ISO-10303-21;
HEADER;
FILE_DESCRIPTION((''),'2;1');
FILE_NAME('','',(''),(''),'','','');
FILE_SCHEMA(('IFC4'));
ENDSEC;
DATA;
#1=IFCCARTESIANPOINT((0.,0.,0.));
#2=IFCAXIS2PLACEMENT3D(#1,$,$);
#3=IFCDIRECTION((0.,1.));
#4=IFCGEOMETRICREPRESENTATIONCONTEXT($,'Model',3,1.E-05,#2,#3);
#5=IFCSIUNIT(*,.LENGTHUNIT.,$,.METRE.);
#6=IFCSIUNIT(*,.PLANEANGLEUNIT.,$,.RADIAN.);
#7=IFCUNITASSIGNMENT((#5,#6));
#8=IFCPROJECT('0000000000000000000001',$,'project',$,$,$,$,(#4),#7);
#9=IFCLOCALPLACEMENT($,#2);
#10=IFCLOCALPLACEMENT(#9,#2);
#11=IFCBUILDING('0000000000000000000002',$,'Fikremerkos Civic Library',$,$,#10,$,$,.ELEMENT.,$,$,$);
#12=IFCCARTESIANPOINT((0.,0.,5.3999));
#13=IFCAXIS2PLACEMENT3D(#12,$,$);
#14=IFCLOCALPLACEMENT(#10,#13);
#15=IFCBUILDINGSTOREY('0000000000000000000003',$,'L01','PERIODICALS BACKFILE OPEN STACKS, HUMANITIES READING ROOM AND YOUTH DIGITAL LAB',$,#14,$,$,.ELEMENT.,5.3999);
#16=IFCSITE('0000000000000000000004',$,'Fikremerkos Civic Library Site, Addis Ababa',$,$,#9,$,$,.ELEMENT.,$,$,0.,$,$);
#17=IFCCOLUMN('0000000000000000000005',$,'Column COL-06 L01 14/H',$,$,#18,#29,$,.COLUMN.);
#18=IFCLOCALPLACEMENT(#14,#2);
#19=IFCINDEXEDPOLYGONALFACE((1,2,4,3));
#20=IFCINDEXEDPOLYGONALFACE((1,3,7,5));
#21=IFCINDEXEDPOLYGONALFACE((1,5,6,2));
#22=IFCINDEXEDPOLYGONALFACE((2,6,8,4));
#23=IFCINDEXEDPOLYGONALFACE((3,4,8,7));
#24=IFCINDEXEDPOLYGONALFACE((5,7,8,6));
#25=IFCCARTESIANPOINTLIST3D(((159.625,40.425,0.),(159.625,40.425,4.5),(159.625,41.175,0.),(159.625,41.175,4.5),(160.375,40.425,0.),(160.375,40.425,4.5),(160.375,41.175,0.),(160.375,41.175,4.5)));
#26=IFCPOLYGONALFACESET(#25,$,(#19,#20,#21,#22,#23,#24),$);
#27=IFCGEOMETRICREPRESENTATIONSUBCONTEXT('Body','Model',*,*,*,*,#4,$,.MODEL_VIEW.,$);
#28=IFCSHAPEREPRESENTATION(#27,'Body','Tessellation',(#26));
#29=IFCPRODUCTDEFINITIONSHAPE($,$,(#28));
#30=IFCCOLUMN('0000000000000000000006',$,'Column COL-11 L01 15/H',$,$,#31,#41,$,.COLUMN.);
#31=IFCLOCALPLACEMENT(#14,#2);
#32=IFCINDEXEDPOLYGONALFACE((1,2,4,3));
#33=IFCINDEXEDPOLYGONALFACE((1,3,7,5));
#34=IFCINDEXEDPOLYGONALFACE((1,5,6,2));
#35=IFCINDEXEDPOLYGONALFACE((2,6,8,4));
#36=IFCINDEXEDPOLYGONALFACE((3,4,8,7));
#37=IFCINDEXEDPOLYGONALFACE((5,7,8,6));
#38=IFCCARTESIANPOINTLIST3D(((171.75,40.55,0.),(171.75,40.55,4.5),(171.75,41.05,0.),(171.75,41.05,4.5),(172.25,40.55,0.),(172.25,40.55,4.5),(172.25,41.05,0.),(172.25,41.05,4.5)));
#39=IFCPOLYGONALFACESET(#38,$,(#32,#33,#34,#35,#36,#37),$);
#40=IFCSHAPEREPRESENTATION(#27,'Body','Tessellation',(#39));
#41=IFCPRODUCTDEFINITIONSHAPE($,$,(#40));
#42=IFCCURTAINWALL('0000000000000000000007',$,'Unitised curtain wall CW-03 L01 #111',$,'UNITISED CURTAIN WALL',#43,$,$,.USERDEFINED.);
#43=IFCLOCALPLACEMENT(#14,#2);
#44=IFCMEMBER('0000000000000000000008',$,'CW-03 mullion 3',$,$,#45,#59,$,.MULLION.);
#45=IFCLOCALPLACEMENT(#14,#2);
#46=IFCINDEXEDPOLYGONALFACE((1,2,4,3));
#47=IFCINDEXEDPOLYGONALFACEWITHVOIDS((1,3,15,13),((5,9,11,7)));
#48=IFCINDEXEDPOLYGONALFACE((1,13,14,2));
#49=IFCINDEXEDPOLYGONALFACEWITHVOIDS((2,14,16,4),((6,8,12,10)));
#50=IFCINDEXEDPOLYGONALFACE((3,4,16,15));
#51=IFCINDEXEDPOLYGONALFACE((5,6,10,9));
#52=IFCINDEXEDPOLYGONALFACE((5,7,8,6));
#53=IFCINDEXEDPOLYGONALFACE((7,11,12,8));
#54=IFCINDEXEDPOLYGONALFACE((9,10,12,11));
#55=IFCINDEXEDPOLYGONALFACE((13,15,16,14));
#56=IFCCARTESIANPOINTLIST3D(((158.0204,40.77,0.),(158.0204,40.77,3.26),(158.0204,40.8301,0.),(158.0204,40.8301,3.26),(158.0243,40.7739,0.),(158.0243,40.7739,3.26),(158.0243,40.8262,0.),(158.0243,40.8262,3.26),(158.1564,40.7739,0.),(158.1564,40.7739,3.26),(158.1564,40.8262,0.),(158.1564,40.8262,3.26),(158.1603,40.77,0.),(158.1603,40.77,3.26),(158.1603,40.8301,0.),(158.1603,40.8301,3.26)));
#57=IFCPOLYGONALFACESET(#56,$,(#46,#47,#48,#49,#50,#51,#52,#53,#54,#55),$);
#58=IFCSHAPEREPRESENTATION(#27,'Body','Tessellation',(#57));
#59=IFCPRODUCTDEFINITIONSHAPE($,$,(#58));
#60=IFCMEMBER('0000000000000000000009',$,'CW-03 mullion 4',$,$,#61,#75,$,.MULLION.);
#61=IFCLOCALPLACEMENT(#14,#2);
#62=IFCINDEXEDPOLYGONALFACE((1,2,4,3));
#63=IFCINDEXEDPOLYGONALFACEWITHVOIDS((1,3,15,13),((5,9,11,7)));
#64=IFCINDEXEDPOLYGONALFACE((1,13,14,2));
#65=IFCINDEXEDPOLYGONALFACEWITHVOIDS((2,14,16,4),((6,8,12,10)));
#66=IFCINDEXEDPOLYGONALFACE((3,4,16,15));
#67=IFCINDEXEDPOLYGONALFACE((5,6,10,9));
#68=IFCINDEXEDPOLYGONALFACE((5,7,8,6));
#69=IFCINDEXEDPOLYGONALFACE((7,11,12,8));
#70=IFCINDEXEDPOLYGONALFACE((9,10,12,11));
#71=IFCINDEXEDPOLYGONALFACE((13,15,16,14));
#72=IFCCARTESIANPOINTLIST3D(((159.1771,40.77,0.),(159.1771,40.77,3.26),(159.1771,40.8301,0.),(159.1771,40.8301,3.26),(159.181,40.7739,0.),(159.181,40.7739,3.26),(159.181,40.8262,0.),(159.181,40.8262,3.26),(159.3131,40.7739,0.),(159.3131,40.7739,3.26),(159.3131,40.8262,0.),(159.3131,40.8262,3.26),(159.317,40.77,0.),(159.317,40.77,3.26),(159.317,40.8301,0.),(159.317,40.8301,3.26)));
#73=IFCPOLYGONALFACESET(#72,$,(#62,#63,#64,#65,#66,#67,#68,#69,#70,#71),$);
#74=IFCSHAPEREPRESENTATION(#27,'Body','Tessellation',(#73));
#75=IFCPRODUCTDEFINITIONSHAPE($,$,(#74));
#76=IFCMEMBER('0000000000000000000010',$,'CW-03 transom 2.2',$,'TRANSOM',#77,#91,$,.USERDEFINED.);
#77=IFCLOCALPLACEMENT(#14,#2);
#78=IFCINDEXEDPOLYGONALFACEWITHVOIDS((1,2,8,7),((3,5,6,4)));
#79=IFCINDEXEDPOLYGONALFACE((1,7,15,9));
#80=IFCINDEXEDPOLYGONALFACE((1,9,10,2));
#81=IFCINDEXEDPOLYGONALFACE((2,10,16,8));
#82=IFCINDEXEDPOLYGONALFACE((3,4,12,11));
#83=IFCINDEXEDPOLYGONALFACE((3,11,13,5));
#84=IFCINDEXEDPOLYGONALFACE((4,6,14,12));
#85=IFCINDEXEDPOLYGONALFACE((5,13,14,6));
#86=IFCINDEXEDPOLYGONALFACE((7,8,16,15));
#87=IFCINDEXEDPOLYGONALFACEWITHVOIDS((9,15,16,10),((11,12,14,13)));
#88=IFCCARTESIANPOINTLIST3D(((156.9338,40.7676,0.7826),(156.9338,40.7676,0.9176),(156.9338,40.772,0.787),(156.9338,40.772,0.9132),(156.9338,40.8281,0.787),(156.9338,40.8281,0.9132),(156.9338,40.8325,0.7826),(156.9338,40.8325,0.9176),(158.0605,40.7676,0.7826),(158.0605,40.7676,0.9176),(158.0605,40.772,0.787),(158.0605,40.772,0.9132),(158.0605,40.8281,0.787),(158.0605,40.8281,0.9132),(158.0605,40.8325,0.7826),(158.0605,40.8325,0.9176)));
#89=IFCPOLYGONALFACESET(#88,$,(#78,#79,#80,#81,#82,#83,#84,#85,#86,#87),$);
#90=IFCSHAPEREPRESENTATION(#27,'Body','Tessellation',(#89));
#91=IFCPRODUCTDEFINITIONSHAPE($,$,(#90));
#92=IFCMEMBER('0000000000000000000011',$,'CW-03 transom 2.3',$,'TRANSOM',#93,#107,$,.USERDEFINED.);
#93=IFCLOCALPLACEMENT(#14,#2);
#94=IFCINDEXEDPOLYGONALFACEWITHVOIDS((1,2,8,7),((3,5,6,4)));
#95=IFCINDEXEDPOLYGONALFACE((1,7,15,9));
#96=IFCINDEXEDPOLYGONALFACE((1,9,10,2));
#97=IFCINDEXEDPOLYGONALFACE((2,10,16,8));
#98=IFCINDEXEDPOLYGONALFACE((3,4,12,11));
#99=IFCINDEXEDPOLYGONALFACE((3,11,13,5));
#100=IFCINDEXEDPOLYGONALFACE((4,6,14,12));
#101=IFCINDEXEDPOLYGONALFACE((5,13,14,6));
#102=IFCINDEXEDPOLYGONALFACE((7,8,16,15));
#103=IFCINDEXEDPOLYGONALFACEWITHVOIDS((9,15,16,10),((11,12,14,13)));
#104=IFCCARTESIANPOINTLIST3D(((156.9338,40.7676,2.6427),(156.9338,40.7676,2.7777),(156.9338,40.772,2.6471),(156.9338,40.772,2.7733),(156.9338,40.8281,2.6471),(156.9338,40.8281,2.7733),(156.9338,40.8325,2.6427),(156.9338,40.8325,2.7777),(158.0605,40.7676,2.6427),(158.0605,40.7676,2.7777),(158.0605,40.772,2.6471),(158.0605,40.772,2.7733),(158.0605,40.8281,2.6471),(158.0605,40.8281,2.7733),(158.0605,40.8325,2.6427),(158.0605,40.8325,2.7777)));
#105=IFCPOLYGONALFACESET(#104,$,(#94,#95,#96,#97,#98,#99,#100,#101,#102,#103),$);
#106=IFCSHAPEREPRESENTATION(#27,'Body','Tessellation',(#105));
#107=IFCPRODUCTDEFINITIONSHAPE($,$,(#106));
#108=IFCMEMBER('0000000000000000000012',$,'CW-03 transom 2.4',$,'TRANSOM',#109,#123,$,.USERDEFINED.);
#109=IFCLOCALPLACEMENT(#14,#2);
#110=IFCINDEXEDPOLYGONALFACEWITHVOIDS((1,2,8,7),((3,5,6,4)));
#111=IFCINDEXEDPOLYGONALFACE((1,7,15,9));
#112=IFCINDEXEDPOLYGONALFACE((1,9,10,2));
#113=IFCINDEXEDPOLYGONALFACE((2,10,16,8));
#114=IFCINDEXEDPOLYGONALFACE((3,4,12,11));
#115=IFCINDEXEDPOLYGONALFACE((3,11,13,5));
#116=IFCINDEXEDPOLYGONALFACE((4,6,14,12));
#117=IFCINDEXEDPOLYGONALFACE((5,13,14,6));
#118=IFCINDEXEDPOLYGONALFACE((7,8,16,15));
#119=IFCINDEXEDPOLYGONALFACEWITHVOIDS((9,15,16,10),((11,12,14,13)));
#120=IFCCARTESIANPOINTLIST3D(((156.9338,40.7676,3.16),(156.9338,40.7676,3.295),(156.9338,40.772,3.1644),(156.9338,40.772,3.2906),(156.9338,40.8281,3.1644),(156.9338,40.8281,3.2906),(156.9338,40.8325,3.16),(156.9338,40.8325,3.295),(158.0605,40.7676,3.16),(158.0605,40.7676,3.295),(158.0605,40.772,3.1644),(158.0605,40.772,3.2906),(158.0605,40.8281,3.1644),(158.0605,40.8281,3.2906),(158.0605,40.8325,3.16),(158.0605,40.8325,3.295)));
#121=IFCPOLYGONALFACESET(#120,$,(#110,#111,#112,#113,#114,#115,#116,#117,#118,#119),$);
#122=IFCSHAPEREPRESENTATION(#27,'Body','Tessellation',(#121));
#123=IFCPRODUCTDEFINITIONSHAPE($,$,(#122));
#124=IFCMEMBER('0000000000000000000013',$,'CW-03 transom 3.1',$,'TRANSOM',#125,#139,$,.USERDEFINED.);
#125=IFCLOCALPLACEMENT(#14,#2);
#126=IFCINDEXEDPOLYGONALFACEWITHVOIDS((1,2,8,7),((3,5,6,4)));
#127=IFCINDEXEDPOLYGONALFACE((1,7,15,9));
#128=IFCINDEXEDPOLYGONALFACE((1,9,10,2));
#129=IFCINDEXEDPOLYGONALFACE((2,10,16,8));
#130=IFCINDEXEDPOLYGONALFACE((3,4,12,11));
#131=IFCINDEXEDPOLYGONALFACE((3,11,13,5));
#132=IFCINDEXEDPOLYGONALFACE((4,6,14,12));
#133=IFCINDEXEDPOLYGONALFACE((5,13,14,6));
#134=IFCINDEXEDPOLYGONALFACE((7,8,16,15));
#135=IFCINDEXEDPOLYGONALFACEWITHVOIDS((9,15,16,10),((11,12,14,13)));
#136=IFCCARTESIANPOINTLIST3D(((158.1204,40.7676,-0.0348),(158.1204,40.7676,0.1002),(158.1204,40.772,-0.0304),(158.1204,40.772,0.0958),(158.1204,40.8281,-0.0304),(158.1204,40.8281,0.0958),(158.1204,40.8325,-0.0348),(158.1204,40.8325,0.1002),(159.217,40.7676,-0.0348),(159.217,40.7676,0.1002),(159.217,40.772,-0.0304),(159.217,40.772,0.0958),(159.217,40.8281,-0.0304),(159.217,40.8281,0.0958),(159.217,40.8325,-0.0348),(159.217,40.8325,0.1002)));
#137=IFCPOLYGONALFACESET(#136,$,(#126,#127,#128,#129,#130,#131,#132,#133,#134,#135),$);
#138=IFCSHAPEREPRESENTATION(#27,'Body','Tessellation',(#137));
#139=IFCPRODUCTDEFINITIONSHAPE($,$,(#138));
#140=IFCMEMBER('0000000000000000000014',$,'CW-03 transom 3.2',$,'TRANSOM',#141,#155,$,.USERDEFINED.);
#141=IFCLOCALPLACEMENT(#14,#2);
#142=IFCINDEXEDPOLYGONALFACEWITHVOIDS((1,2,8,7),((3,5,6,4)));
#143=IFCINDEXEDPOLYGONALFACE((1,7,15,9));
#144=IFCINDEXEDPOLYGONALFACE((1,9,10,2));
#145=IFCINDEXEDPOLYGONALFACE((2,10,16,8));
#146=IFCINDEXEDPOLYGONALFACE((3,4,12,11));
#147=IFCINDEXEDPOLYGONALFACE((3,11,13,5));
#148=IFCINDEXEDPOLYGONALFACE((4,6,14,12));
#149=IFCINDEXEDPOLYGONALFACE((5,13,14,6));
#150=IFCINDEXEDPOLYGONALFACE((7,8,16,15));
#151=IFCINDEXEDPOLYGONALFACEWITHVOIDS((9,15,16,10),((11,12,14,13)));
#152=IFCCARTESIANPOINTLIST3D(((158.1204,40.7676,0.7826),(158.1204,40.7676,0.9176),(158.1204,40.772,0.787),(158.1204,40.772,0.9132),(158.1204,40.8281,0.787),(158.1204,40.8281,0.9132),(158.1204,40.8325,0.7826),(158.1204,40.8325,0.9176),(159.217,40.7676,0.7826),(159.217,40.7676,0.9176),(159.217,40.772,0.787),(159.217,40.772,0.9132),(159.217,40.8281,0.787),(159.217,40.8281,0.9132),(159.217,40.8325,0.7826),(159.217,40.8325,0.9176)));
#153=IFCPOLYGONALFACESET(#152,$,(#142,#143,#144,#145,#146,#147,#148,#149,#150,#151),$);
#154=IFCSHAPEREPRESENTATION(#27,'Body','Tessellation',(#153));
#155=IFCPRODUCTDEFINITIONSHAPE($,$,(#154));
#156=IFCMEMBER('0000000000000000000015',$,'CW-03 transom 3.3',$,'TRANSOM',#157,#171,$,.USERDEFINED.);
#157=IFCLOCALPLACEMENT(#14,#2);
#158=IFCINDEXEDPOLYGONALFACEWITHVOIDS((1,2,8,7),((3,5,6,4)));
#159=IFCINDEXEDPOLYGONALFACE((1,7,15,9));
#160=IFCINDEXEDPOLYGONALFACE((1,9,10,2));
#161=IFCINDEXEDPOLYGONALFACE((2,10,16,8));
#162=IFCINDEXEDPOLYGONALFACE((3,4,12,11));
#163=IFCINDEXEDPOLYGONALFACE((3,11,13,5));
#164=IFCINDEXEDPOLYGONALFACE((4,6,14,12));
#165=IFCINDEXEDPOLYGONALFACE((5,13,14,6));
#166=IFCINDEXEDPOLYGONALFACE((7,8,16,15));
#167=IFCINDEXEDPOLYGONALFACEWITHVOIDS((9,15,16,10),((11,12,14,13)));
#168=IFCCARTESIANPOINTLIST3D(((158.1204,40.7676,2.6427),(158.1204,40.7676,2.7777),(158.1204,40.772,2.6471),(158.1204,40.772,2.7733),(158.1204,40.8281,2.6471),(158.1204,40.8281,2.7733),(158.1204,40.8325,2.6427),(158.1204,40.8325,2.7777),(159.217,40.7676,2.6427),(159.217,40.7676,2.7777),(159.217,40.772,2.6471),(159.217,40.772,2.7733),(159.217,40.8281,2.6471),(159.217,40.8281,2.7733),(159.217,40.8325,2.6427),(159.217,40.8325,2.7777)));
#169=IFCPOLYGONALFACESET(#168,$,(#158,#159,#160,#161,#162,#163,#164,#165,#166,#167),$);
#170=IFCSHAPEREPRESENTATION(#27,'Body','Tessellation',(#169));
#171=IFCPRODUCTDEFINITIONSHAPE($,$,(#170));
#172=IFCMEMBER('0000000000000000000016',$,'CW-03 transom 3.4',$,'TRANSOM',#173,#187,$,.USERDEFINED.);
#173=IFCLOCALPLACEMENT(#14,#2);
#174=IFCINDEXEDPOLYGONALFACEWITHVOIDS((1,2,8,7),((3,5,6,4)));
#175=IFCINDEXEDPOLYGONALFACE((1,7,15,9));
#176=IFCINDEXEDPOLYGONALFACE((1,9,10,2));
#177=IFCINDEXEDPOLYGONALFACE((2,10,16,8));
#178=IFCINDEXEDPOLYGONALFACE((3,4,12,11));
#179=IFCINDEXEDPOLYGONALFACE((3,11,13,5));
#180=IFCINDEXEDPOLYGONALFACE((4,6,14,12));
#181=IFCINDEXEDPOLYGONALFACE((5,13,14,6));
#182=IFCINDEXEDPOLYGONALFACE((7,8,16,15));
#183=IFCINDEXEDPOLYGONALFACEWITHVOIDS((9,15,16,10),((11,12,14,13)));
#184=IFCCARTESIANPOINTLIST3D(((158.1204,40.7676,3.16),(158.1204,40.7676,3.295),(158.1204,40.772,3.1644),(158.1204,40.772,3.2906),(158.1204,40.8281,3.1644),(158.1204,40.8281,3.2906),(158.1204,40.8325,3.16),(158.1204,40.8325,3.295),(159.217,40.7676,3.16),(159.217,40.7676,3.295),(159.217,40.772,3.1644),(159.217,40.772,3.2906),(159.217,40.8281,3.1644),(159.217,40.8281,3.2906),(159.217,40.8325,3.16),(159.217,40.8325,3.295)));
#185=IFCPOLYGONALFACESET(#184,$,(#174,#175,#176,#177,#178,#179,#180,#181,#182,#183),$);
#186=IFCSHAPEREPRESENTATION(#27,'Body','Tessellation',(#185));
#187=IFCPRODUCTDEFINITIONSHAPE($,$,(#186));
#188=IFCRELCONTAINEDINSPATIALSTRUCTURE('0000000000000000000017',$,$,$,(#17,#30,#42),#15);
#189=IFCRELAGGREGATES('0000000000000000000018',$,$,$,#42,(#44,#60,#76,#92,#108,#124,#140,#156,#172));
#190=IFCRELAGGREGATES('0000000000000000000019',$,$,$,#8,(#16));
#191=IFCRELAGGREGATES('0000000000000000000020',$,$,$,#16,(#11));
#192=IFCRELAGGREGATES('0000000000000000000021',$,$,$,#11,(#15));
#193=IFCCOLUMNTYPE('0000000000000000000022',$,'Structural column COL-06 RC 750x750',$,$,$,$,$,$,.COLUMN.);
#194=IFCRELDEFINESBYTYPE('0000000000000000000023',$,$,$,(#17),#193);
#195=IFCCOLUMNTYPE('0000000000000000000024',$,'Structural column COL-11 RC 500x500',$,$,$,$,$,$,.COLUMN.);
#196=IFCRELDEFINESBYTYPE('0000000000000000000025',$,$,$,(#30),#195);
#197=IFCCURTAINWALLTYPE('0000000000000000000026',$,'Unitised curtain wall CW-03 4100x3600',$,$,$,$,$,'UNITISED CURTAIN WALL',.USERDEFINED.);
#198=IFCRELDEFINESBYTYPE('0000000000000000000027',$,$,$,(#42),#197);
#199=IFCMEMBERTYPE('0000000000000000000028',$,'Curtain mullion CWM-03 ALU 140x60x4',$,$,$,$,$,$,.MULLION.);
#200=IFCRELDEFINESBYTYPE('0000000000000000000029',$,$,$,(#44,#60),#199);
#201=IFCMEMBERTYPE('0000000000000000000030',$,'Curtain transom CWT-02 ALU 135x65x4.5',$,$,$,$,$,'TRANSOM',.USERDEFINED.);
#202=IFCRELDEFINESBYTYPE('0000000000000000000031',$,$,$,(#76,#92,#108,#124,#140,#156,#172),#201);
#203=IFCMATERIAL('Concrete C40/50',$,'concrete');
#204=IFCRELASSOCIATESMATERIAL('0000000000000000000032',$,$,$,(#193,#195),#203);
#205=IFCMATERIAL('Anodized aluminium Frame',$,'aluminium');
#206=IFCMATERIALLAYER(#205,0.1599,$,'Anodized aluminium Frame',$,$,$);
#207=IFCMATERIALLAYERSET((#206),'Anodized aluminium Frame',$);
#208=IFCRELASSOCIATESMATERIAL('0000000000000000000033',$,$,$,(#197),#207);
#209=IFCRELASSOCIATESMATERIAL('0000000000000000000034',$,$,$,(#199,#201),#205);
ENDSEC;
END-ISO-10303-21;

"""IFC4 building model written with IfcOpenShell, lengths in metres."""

from ifc_helpers import new_model, si_unit, direction, frame, origin, origin_2d, place, context, subcontext, project, spatial, rectangle, hollow_rectangle, extrude, material, layer, layer_set, material_profile, profile_set, type_object, element, aggregate, save


model = new_model("IFC4")

# Units and contexts
model_context = context("Model", 3, precision=1e-05, world=origin(), true_north=direction((0.0, 1.0)))
body_context = subcontext(model_context, "Body", "Model", "MODEL_VIEW")
ifc_project = project(units=[si_unit("LENGTHUNIT", "METRE"), si_unit("PLANEANGLEUNIT", "RADIAN")], contexts=[model_context])

# Site, building, storey
site_placement = place(None, origin())
site = spatial("IfcSite", under=ifc_project, at=site_placement, Name="Fikremerkos Civic Library Site, Addis Ababa", CompositionType="ELEMENT", RefElevation=0.0)
building_placement = place(site_placement, origin())
building = spatial("IfcBuilding", under=site, at=building_placement, Name="Fikremerkos Civic Library", CompositionType="ELEMENT")
storey_placement = place(building_placement, frame((0.0, 0.0, 5.3999)))
storey = spatial("IfcBuildingStorey", under=building, at=storey_placement, Name="L01", Description="PERIODICALS BACKFILE OPEN STACKS, HUMANITIES READING ROOM AND YOUTH DIGITAL LAB", CompositionType="ELEMENT", Elevation=5.3999)

# Columns
ifc_material_1 = material(Name="Concrete C40/50", Category="concrete")
ifc_material_profile_1 = material_profile(ifc_material_1, rectangle(XDim=0.75, YDim=0.75, at=origin_2d()), Name="RC 750x750")
ifc_profile_set_1 = profile_set([ifc_material_profile_1], Name="Concrete C40/50")
column_type_1 = type_object("IfcColumnType", Name="Structural column COL-06 RC 750x750", PredefinedType="COLUMN", material=ifc_profile_set_1)
column_1_placement = place(storey_placement, frame((160.0, 40.8, 0.0), z_axis=(0.0, 0.0, 1.0), x_axis=(1.0, 0.0, 0.0)))
element("IfcColumn", 1, at=column_1_placement, inside=storey, type_object=column_type_1, Name="Column COL-06 L01 14/H", PredefinedType="COLUMN", context=body_context, shape_type="SweptSolid", body=[
    extrude(rectangle(XDim=0.75, YDim=0.75, at=origin_2d()), origin(), (0.0, 0.0, 1.0), 4.5),
])
ifc_material_profile_2 = material_profile(ifc_material_1, rectangle(XDim=0.5, YDim=0.5, at=origin_2d()), Name="RC 500x500")
ifc_profile_set_2 = profile_set([ifc_material_profile_2], Name="Concrete C40/50")
column_type_2 = type_object("IfcColumnType", Name="Structural column COL-11 RC 500x500", PredefinedType="COLUMN", material=ifc_profile_set_2)
column_2_placement = place(storey_placement, frame((172.0, 40.8, 0.0), z_axis=(0.0, 0.0, 1.0), x_axis=(1.0, 0.0, 0.0)))
element("IfcColumn", 2, at=column_2_placement, inside=storey, type_object=column_type_2, Name="Column COL-11 L01 15/H", PredefinedType="COLUMN", context=body_context, shape_type="SweptSolid", body=[
    extrude(rectangle(XDim=0.5, YDim=0.5, at=origin_2d()), origin(), (0.0, 0.0, 1.0), 4.5),
])

# Curtain wall, members
ifc_material_2 = material(Name="Anodized aluminium Frame", Category="aluminium")
ifc_layer_1 = layer(ifc_material_2, 0.1599, Name="Anodized aluminium Frame")
ifc_layer_set_1 = layer_set([ifc_layer_1], Name="Anodized aluminium Frame")
curtain_wall_type = type_object("IfcCurtainWallType", Name="Unitised curtain wall CW-03 4100x3600", ElementType="UNITISED CURTAIN WALL", PredefinedType="USERDEFINED", material=ifc_layer_set_1)
curtain_wall_placement = place(storey_placement, origin())
curtain_wall = element("IfcCurtainWall", 3, at=curtain_wall_placement, inside=storey, type_object=curtain_wall_type, Name="Unitised curtain wall CW-03 L01 #111", ObjectType="UNITISED CURTAIN WALL", PredefinedType="USERDEFINED")
ifc_material_profile_3 = material_profile(ifc_material_2, hollow_rectangle(XDim=0.0601, YDim=0.1399, WallThickness=0.0039, at=origin_2d()), Name="ALU 140x60x4")
ifc_profile_set_3 = profile_set([ifc_material_profile_3], Name="Anodized aluminium Frame")
member_type_1 = type_object("IfcMemberType", Name="Curtain mullion CWM-03 ALU 140x60x4", PredefinedType="MULLION", material=ifc_profile_set_3)
member_1_placement = place(storey_placement, frame((158.0903, 40.8, 0.0), z_axis=(0.0, 0.0, 1.0), x_axis=(0.0, 1.0, 0.0)))
member_1 = element("IfcMember", 4, at=member_1_placement, type_object=member_type_1, Name="CW-03 mullion 3", PredefinedType="MULLION", context=body_context, shape_type="SweptSolid", body=[
    extrude(hollow_rectangle(XDim=0.0601, YDim=0.1399, WallThickness=0.0039, at=origin_2d()), origin(), (0.0, 0.0, 1.0), 3.26),
])
member_2_placement = place(storey_placement, frame((159.2471, 40.8, 0.0), z_axis=(0.0, 0.0, 1.0), x_axis=(0.0, 1.0, 0.0)))
member_2 = element("IfcMember", 5, at=member_2_placement, type_object=member_type_1, Name="CW-03 mullion 4", PredefinedType="MULLION", context=body_context, shape_type="SweptSolid", body=[
    extrude(hollow_rectangle(XDim=0.0601, YDim=0.1399, WallThickness=0.0039, at=origin_2d()), origin(), (0.0, 0.0, 1.0), 3.26),
])
ifc_material_profile_4 = material_profile(ifc_material_2, hollow_rectangle(XDim=0.0649, YDim=0.135, WallThickness=0.0044, at=origin_2d()), Name="ALU 135x65x4.5")
ifc_profile_set_4 = profile_set([ifc_material_profile_4], Name="Anodized aluminium Frame")
member_type_2 = type_object("IfcMemberType", Name="Curtain transom CWT-02 ALU 135x65x4.5", ElementType="TRANSOM", PredefinedType="USERDEFINED", material=ifc_profile_set_4)
member_3_placement = place(storey_placement, frame((156.9338, 40.8, 0.8501), z_axis=(1.0, 0.0, 0.0), x_axis=(0.0, 1.0, 0.0)))
member_3 = element("IfcMember", 6, at=member_3_placement, type_object=member_type_2, Name="CW-03 transom 2.2", ObjectType="TRANSOM", PredefinedType="USERDEFINED", context=body_context, shape_type="SweptSolid", body=[
    extrude(hollow_rectangle(XDim=0.0649, YDim=0.135, WallThickness=0.0044, at=origin_2d()), origin(), (0.0, 0.0, 1.0), 1.1267),
])
member_4_placement = place(storey_placement, frame((156.9338, 40.8, 2.7102), z_axis=(1.0, 0.0, 0.0), x_axis=(0.0, 1.0, 0.0)))
member_4 = element("IfcMember", 7, at=member_4_placement, type_object=member_type_2, Name="CW-03 transom 2.3", ObjectType="TRANSOM", PredefinedType="USERDEFINED", context=body_context, shape_type="SweptSolid", body=[
    extrude(hollow_rectangle(XDim=0.0649, YDim=0.135, WallThickness=0.0044, at=origin_2d()), origin(), (0.0, 0.0, 1.0), 1.1267),
])
member_5_placement = place(storey_placement, frame((156.9338, 40.8, 3.2275), z_axis=(1.0, 0.0, 0.0), x_axis=(0.0, 1.0, 0.0)))
member_5 = element("IfcMember", 8, at=member_5_placement, type_object=member_type_2, Name="CW-03 transom 2.4", ObjectType="TRANSOM", PredefinedType="USERDEFINED", context=body_context, shape_type="SweptSolid", body=[
    extrude(hollow_rectangle(XDim=0.0649, YDim=0.135, WallThickness=0.0044, at=origin_2d()), origin(), (0.0, 0.0, 1.0), 1.1267),
])
member_6_placement = place(storey_placement, frame((158.1204, 40.8, 0.0327), z_axis=(1.0, 0.0, 0.0), x_axis=(0.0, 1.0, 0.0)))
member_6 = element("IfcMember", 9, at=member_6_placement, type_object=member_type_2, Name="CW-03 transom 3.1", ObjectType="TRANSOM", PredefinedType="USERDEFINED", context=body_context, shape_type="SweptSolid", body=[
    extrude(hollow_rectangle(XDim=0.0649, YDim=0.135, WallThickness=0.0044, at=origin_2d()), origin(), (0.0, 0.0, 1.0), 1.0967),
])
member_7_placement = place(storey_placement, frame((158.1204, 40.8, 0.8501), z_axis=(1.0, 0.0, 0.0), x_axis=(0.0, 1.0, 0.0)))
member_7 = element("IfcMember", 10, at=member_7_placement, type_object=member_type_2, Name="CW-03 transom 3.2", ObjectType="TRANSOM", PredefinedType="USERDEFINED", context=body_context, shape_type="SweptSolid", body=[
    extrude(hollow_rectangle(XDim=0.0649, YDim=0.135, WallThickness=0.0044, at=origin_2d()), origin(), (0.0, 0.0, 1.0), 1.0967),
])
member_8_placement = place(storey_placement, frame((158.1204, 40.8, 2.7102), z_axis=(1.0, 0.0, 0.0), x_axis=(0.0, 1.0, 0.0)))
member_8 = element("IfcMember", 11, at=member_8_placement, type_object=member_type_2, Name="CW-03 transom 3.3", ObjectType="TRANSOM", PredefinedType="USERDEFINED", context=body_context, shape_type="SweptSolid", body=[
    extrude(hollow_rectangle(XDim=0.0649, YDim=0.135, WallThickness=0.0044, at=origin_2d()), origin(), (0.0, 0.0, 1.0), 1.0967),
])
member_9_placement = place(storey_placement, frame((158.1204, 40.8, 3.2275), z_axis=(1.0, 0.0, 0.0), x_axis=(0.0, 1.0, 0.0)))
member_9 = element("IfcMember", 12, at=member_9_placement, type_object=member_type_2, Name="CW-03 transom 3.4", ObjectType="TRANSOM", PredefinedType="USERDEFINED", context=body_context, shape_type="SweptSolid", body=[
    extrude(hollow_rectangle(XDim=0.0649, YDim=0.135, WallThickness=0.0044, at=origin_2d()), origin(), (0.0, 0.0, 1.0), 1.0967),
])

aggregate(curtain_wall, [member_1, member_2, member_3, member_4, member_5, member_6, member_7, member_8, member_9])

save(model, "model.ifc")
